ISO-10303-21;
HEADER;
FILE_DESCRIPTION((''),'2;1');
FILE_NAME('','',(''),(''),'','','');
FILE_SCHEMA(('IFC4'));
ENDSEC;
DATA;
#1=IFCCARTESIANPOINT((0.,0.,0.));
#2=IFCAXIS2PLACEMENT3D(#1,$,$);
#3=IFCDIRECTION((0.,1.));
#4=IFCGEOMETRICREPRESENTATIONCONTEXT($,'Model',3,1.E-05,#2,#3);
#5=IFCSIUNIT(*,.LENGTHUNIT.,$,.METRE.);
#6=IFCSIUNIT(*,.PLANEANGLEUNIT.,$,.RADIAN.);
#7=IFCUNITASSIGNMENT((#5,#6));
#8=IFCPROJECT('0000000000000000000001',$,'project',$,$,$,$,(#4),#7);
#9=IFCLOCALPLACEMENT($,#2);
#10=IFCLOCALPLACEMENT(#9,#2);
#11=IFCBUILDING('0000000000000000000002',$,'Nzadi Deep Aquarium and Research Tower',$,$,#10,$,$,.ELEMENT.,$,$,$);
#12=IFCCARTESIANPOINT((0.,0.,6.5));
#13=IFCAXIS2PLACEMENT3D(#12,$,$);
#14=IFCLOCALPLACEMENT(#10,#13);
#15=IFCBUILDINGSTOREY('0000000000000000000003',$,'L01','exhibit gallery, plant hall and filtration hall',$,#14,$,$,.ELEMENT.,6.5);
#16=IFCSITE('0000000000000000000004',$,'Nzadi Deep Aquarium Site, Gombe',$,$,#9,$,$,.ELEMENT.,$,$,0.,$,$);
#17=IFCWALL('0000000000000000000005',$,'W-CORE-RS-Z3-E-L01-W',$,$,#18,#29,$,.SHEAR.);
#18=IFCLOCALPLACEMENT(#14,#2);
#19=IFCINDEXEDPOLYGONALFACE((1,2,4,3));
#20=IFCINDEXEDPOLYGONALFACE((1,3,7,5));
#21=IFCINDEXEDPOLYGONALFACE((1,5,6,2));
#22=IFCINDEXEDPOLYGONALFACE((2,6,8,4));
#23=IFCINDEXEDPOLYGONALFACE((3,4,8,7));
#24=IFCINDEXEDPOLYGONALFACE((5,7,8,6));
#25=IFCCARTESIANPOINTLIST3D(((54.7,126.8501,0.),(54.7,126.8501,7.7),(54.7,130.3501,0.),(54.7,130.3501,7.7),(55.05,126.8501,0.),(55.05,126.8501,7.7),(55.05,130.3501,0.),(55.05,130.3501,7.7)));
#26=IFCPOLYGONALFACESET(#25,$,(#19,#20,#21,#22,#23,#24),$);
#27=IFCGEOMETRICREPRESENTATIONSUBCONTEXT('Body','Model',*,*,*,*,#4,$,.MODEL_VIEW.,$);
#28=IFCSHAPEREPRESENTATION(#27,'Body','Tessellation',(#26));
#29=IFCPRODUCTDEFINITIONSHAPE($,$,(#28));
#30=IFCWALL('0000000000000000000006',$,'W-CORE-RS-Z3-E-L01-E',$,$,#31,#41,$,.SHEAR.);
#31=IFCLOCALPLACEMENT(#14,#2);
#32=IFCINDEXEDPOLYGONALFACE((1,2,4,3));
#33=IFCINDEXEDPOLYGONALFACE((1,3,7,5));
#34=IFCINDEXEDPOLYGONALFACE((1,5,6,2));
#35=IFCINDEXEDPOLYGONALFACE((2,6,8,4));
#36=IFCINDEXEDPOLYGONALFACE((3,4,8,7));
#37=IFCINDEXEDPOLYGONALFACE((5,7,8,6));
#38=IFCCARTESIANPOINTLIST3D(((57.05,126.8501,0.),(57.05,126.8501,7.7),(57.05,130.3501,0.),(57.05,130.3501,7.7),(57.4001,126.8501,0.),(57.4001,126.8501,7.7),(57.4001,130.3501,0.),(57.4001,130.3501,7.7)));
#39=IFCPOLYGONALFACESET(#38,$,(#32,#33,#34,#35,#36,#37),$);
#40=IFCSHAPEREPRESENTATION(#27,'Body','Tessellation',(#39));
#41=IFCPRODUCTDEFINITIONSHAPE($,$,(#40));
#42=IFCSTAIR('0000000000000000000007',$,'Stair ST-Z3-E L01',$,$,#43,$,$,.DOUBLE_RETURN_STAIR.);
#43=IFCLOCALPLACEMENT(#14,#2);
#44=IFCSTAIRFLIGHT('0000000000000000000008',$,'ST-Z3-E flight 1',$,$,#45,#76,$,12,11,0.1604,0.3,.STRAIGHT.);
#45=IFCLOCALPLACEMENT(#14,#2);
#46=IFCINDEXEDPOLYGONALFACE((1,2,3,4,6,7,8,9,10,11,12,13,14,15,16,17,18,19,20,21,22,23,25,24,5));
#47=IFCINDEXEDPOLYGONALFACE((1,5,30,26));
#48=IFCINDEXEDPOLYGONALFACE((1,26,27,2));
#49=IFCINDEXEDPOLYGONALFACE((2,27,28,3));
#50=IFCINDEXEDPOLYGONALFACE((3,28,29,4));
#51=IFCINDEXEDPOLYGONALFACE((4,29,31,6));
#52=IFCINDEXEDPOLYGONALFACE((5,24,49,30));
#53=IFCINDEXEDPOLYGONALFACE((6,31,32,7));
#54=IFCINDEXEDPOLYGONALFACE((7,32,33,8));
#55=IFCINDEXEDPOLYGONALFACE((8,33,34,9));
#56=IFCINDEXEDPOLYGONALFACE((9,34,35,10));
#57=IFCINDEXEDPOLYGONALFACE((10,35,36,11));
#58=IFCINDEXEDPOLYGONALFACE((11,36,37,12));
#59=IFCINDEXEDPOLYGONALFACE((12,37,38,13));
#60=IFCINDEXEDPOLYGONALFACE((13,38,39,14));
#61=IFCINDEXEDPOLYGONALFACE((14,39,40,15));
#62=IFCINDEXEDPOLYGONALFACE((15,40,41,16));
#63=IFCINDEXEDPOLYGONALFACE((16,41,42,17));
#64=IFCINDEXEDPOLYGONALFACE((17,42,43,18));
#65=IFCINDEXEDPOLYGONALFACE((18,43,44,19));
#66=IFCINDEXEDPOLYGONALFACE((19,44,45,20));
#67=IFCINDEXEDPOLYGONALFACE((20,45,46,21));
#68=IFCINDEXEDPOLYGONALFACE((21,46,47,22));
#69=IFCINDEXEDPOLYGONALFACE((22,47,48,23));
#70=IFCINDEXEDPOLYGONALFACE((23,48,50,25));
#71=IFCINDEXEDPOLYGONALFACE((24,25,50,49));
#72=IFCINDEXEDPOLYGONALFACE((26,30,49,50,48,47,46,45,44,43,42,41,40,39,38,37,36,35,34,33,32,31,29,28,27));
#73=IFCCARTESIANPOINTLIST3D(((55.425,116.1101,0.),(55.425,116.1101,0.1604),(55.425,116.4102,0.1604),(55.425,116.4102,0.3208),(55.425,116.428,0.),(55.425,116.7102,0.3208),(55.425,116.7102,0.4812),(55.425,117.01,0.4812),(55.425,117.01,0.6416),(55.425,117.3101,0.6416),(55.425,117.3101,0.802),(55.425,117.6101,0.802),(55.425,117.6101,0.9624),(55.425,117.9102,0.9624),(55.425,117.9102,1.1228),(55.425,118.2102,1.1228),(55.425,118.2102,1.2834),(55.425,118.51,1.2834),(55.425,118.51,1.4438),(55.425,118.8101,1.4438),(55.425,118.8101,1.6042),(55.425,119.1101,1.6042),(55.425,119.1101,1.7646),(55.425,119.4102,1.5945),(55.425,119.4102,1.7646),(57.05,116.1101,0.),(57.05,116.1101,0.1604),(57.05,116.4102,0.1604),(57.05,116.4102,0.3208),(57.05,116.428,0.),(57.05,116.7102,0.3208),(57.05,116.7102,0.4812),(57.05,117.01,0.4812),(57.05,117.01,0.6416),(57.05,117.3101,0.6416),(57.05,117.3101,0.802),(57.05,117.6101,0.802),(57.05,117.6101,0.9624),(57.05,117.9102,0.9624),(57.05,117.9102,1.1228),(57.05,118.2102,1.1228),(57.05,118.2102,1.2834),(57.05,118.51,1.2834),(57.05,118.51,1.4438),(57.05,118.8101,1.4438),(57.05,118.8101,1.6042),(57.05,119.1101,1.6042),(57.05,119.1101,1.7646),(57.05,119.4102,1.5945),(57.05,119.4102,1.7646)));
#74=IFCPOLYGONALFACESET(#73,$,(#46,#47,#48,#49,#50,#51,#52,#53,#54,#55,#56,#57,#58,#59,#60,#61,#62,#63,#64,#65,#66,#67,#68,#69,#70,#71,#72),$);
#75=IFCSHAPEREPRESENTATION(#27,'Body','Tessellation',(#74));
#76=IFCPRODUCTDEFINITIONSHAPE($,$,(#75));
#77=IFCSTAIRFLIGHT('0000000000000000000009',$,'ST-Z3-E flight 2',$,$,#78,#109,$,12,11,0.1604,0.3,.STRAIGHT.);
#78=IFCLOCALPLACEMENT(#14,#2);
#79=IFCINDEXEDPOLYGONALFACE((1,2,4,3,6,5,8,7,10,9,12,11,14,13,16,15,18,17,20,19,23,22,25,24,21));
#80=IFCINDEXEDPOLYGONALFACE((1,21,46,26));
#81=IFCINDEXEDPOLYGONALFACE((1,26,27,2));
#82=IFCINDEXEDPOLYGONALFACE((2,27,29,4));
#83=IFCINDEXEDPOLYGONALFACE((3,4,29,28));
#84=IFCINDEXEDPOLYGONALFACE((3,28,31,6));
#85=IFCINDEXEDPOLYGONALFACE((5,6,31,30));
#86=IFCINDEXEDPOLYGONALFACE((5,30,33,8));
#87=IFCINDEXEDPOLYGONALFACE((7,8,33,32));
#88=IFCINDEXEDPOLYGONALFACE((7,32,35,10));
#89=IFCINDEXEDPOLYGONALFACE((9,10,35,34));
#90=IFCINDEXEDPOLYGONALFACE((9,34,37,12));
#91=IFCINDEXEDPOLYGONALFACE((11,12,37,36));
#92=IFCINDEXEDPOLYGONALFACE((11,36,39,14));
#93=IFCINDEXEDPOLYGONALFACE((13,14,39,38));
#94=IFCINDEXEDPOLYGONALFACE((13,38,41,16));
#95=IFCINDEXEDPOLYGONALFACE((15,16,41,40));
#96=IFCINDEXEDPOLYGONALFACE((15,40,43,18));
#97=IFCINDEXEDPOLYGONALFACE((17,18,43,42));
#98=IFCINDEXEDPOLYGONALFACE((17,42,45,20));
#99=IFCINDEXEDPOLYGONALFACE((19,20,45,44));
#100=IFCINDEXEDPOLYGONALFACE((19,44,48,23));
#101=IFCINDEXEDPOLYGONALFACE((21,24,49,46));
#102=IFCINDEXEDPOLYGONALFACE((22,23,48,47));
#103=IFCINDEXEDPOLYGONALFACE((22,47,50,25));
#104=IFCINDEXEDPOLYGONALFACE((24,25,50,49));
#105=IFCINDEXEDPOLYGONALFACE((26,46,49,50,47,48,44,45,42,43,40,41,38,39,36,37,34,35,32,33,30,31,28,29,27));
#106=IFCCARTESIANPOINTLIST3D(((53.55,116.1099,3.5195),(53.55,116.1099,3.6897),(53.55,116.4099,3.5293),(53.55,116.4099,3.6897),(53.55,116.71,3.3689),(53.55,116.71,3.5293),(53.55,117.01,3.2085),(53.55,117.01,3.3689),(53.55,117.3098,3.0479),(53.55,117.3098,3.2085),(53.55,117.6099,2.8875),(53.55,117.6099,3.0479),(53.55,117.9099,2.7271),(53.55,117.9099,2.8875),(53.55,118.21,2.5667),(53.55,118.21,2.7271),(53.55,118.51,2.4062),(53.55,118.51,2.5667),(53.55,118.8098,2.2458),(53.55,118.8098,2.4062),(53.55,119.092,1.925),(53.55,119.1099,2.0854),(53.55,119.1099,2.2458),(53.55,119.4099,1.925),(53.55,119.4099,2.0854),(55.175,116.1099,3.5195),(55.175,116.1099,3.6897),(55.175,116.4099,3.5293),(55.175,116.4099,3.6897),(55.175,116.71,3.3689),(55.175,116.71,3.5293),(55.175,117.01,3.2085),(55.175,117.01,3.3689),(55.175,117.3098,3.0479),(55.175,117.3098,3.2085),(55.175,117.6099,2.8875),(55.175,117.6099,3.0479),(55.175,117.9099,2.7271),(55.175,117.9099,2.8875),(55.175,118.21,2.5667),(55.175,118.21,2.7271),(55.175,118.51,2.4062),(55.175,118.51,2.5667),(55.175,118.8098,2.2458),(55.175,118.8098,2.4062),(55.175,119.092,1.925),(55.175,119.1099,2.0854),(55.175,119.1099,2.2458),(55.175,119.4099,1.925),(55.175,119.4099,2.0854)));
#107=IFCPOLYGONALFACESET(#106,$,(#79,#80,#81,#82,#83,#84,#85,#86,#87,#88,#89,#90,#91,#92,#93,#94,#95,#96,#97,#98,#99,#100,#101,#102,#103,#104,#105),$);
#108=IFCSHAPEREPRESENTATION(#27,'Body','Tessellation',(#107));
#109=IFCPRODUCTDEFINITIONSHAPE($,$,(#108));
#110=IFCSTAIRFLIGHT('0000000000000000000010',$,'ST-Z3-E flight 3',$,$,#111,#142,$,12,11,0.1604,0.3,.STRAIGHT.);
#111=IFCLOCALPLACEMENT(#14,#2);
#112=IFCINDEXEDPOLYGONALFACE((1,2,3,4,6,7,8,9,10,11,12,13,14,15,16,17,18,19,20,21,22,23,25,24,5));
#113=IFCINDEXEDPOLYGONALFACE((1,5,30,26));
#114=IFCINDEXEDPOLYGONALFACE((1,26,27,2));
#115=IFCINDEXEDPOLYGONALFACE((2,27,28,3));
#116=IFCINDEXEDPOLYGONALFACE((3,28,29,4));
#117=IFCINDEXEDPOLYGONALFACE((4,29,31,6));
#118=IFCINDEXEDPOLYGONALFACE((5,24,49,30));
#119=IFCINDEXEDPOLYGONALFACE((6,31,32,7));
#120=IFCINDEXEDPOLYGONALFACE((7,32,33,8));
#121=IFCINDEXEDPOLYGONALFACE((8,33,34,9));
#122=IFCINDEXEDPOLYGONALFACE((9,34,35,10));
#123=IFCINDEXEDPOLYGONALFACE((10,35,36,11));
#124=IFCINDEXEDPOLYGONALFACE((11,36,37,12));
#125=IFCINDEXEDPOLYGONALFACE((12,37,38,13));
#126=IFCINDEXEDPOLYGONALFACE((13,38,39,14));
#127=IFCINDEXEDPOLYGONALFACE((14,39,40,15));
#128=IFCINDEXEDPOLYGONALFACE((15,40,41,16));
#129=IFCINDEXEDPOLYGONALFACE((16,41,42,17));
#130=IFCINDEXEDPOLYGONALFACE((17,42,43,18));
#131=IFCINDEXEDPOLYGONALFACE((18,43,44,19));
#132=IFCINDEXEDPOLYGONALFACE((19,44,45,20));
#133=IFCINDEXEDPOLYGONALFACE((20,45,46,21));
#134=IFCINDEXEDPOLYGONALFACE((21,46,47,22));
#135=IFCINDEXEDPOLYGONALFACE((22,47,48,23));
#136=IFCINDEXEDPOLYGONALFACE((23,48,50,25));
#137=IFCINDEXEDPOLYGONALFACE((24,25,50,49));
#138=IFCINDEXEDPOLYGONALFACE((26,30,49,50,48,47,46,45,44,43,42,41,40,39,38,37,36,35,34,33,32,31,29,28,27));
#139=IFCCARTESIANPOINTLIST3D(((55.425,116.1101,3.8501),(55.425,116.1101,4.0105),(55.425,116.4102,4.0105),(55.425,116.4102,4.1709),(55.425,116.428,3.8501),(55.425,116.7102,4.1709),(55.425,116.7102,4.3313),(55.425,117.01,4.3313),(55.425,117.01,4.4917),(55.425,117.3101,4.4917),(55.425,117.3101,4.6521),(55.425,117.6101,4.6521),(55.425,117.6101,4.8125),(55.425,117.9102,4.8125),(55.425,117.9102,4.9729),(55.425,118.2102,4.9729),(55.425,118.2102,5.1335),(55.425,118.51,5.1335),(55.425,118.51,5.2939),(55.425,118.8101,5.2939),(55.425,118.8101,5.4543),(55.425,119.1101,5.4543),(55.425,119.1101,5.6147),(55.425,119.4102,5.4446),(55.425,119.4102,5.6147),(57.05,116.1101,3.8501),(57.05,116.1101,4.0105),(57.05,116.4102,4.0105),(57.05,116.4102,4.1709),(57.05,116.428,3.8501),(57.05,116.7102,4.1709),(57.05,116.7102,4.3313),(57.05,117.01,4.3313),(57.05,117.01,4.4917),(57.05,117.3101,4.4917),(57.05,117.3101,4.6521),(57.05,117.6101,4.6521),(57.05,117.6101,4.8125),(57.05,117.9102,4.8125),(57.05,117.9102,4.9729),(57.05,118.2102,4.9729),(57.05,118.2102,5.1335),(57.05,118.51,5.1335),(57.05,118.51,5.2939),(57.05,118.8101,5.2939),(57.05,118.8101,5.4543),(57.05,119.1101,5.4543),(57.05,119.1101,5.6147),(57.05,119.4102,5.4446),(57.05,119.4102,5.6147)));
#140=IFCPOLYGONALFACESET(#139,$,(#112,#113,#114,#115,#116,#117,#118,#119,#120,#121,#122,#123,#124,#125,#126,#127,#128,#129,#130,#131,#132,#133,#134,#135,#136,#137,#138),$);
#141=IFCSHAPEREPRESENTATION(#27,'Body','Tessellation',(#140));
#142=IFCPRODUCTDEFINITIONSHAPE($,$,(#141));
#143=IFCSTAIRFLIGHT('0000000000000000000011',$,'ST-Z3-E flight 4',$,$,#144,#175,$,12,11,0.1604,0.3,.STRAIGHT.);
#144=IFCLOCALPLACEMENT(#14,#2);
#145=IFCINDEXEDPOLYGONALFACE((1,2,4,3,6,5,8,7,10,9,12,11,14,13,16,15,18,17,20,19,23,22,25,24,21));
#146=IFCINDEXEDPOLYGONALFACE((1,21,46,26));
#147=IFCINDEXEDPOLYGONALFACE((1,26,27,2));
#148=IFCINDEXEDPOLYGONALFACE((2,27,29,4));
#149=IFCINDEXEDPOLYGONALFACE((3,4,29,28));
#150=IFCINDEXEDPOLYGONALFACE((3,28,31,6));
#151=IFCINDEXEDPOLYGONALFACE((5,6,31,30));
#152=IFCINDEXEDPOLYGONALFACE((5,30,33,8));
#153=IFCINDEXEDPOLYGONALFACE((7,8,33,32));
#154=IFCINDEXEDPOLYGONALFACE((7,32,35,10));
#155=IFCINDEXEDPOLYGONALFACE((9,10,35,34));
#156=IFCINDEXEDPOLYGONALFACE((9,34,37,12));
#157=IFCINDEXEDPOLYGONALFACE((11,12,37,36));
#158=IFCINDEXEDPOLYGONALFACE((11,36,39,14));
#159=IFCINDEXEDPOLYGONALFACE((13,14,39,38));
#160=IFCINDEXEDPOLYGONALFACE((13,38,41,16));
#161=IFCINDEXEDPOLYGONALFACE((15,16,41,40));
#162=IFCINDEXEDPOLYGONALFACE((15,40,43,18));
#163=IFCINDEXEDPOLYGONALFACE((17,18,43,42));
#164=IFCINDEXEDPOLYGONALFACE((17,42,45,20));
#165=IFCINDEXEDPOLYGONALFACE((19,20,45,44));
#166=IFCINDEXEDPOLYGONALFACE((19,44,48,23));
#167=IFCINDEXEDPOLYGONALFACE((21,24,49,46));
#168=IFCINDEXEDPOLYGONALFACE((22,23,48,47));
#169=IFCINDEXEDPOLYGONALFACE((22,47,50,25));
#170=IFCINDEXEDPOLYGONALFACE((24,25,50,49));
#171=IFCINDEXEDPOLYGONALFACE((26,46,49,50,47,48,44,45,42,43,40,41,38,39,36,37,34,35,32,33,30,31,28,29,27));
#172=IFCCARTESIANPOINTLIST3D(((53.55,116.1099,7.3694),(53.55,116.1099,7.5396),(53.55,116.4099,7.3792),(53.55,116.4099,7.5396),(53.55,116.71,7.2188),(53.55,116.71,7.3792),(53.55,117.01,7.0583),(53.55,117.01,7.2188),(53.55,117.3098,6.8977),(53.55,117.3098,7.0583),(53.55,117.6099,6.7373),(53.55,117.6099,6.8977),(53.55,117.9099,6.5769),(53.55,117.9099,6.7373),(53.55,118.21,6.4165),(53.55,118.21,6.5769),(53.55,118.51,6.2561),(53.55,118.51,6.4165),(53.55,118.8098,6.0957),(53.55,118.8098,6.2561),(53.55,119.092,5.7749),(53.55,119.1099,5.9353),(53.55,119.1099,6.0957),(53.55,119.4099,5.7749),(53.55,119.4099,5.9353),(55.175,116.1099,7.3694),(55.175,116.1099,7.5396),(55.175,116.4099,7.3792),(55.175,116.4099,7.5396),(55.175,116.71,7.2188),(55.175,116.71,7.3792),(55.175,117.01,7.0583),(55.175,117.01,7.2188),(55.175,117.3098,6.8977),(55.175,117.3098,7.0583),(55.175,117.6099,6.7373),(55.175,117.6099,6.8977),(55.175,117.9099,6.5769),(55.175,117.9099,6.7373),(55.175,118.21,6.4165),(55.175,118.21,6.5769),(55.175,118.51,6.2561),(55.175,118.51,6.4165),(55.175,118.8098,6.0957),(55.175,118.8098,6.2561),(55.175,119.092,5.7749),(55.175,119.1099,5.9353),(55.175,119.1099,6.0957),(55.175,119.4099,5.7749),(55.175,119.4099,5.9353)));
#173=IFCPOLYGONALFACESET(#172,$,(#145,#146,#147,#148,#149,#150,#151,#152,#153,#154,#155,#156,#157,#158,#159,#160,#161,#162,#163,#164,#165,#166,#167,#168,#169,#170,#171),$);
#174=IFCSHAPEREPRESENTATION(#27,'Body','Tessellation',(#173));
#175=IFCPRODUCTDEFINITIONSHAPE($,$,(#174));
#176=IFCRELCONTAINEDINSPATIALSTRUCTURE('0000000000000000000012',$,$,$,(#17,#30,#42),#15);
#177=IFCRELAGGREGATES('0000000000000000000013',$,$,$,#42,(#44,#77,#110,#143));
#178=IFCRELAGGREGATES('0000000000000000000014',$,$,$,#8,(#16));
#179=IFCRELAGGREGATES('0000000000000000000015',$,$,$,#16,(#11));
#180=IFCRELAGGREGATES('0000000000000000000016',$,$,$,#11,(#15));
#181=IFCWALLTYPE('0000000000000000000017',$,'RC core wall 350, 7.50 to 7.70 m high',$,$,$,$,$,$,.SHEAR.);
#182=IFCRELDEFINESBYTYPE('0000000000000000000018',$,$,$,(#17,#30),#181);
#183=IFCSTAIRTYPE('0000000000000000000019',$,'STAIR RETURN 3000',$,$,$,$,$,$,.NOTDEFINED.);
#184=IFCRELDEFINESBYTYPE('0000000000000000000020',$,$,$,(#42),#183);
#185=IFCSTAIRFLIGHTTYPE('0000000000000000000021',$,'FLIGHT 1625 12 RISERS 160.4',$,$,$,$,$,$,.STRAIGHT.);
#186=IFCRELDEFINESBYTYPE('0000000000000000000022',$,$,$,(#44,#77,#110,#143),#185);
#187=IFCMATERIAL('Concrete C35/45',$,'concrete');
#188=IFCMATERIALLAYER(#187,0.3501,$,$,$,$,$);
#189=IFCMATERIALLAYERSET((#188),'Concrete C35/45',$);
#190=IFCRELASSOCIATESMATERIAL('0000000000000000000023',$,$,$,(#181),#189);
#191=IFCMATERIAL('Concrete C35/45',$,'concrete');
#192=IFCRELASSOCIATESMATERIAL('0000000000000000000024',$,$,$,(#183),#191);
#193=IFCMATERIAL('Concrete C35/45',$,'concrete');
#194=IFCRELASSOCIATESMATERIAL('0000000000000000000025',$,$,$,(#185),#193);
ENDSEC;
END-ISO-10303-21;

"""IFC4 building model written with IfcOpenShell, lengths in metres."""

from ifc_helpers import new_model, si_unit, direction, frame, frame_2d, origin, place, context, subcontext, project, spatial, polyline, rectangle, outline, extrude, material, layer, layer_set, type_object, element, aggregate, save


model = new_model("IFC4")

# Units and contexts
model_context = context("Model", 3, precision=1e-05, world=origin(), true_north=direction((0.0, 1.0)))
body_context = subcontext(model_context, "Body", "Model", "MODEL_VIEW")
ifc_project = project(units=[si_unit("LENGTHUNIT", "METRE"), si_unit("PLANEANGLEUNIT", "RADIAN")], contexts=[model_context])

# Site, building, storey
site_placement = place(None, origin())
site = spatial("IfcSite", under=ifc_project, at=site_placement, Name="Nzadi Deep Aquarium Site, Gombe", CompositionType="ELEMENT", RefElevation=0.0)
building_placement = place(site_placement, origin())
building = spatial("IfcBuilding", under=site, at=building_placement, Name="Nzadi Deep Aquarium and Research Tower", CompositionType="ELEMENT")
storey_placement = place(building_placement, frame((0.0, 0.0, 6.5)))
storey = spatial("IfcBuildingStorey", under=building, at=storey_placement, Name="L01", Description="exhibit gallery, plant hall and filtration hall", CompositionType="ELEMENT", Elevation=6.5)

# Shared definitions
ifc_material_1 = material(Name="Concrete C35/45", Category="concrete")
ifc_layer = layer(ifc_material_1, 0.3501)
ifc_layer_set = layer_set([ifc_layer], Name="Concrete C35/45")
wall_type = type_object("IfcWallType", Name="RC core wall 350, 7.50 to 7.70 m high", PredefinedType="SHEAR", material=ifc_layer_set)

# Walls
for number, where, z_axis, x_axis, name in (
    (1, (54.875, 126.8501, 0.0), (0.0, 0.0, 1.0), (0.0, 1.0, 0.0), "W-CORE-RS-Z3-E-L01-W"),
    (2, (57.2251, 126.8501, 0.0), (0.0, 0.0, 1.0), (0.0, 1.0, 0.0), "W-CORE-RS-Z3-E-L01-E"),
):
    element("IfcWall", number, at=place(storey_placement, frame(where, z_axis=z_axis, x_axis=x_axis)), inside=storey, type_object=wall_type, Name=name, PredefinedType="SHEAR", context=body_context, shape_type="SweptSolid", body=[
        extrude(rectangle(XDim=3.5, YDim=0.3501, at=frame_2d((1.75, 0.0))), origin(), (0.0, 0.0, 1.0), 7.7),
    ])

# Stair, stair flights
ifc_material_2 = material(Name="Concrete C35/45", Category="concrete")
stair_type = type_object("IfcStairType", Name="STAIR RETURN 3000", PredefinedType="NOTDEFINED", material=ifc_material_2)
stair_placement = place(storey_placement, origin())
stair = element("IfcStair", 3, at=stair_placement, inside=storey, type_object=stair_type, Name="Stair ST-Z3-E L01", PredefinedType="DOUBLE_RETURN_STAIR")
ifc_material_3 = material(Name="Concrete C35/45", Category="concrete")
stair_flight_type = type_object("IfcStairFlightType", Name="FLIGHT 1625 12 RISERS 160.4", PredefinedType="STRAIGHT", material=ifc_material_3)
stair_flight_1_placement = place(storey_placement, frame((56.2375, 116.1101, 0.0), z_axis=(0.0, 0.0, 1.0), x_axis=(0.0, 1.0, 0.0)))
stair_flight_1 = element("IfcStairFlight", 4, at=stair_flight_1_placement, type_object=stair_flight_type, Name="ST-Z3-E flight 1", NumberOfRisers=12, NumberOfTreads=11, PredefinedType="STRAIGHT", RiserHeight=0.1604, TreadLength=0.3, context=body_context, shape_type="SweptSolid", body=[
    extrude(outline(polyline([(0.0, 0.0), (0.0, 0.1604), (0.3, 0.1604), (0.3, 0.3208), (0.6001, 0.3208), (0.6001, 0.4812), (0.8999, 0.4812), (0.8999, 0.6416), (1.2, 0.6416), (1.2, 0.802), (1.5, 0.802), (1.5, 0.9624), (1.8, 0.9624), (1.8, 1.1228), (2.1001, 1.1228), (2.1001, 1.2834), (2.3999, 1.2834), (2.3999, 1.4438), (2.7, 1.4438), (2.7, 1.6042), (3.0, 1.6042), (3.0, 1.7646), (3.3, 1.7646), (3.3, 1.925), (3.3, 1.5945), (0.3179, 0.0), (0.0, 0.0)])), frame((0.0, 0.8125, 0.0), z_axis=(0.0, -1.0, 0.0), x_axis=(1.0, 0.0, 0.0)), (0.0, 0.0, 1.0), 1.625),
])
stair_flight_2_placement = place(storey_placement, frame((54.3625, 119.4099, 1.925), z_axis=(0.0, 0.0, 1.0), x_axis=(0.0, -1.0, 0.0)))
stair_flight_2 = element("IfcStairFlight", 5, at=stair_flight_2_placement, type_object=stair_flight_type, Name="ST-Z3-E flight 2", NumberOfRisers=12, NumberOfTreads=11, PredefinedType="STRAIGHT", RiserHeight=0.1604, TreadLength=0.3, context=body_context, shape_type="SweptSolid", body=[
    extrude(outline(polyline([(0.0, 0.0), (0.0, 0.1604), (0.3, 0.1604), (0.3, 0.3208), (0.6001, 0.3208), (0.6001, 0.4812), (0.8999, 0.4812), (0.8999, 0.6416), (1.2, 0.6416), (1.2, 0.802), (1.5, 0.802), (1.5, 0.9624), (1.8, 0.9624), (1.8, 1.1228), (2.1001, 1.1228), (2.1001, 1.2834), (2.3999, 1.2834), (2.3999, 1.4438), (2.7, 1.4438), (2.7, 1.6042), (3.0, 1.6042), (3.0, 1.7646), (3.3, 1.7646), (3.3, 1.925), (3.3, 1.5945), (0.3179, 0.0), (0.0, 0.0)])), frame((0.0, 0.8125, 0.0), z_axis=(0.0, -1.0, 0.0), x_axis=(1.0, 0.0, 0.0)), (0.0, 0.0, 1.0), 1.625),
])
stair_flight_3_placement = place(storey_placement, frame((56.2375, 116.1101, 3.8501), z_axis=(0.0, 0.0, 1.0), x_axis=(0.0, 1.0, 0.0)))
stair_flight_3 = element("IfcStairFlight", 6, at=stair_flight_3_placement, type_object=stair_flight_type, Name="ST-Z3-E flight 3", NumberOfRisers=12, NumberOfTreads=11, PredefinedType="STRAIGHT", RiserHeight=0.1604, TreadLength=0.3, context=body_context, shape_type="SweptSolid", body=[
    extrude(outline(polyline([(0.0, 0.0), (0.0, 0.1604), (0.3, 0.1604), (0.3, 0.3208), (0.6001, 0.3208), (0.6001, 0.4812), (0.8999, 0.4812), (0.8999, 0.6416), (1.2, 0.6416), (1.2, 0.802), (1.5, 0.802), (1.5, 0.9624), (1.8, 0.9624), (1.8, 1.1228), (2.1001, 1.1228), (2.1001, 1.2834), (2.3999, 1.2834), (2.3999, 1.4438), (2.7, 1.4438), (2.7, 1.6042), (3.0, 1.6042), (3.0, 1.7646), (3.3, 1.7646), (3.3, 1.925), (3.3, 1.5945), (0.3179, 0.0), (0.0, 0.0)])), frame((0.0, 0.8125, 0.0), z_axis=(0.0, -1.0, 0.0), x_axis=(1.0, 0.0, 0.0)), (0.0, 0.0, 1.0), 1.625),
])
stair_flight_4_placement = place(storey_placement, frame((54.3625, 119.4099, 5.7749), z_axis=(0.0, 0.0, 1.0), x_axis=(0.0, -1.0, 0.0)))
stair_flight_4 = element("IfcStairFlight", 7, at=stair_flight_4_placement, type_object=stair_flight_type, Name="ST-Z3-E flight 4", NumberOfRisers=12, NumberOfTreads=11, PredefinedType="STRAIGHT", RiserHeight=0.1604, TreadLength=0.3, context=body_context, shape_type="SweptSolid", body=[
    extrude(outline(polyline([(0.0, 0.0), (0.0, 0.1604), (0.3, 0.1604), (0.3, 0.3208), (0.6001, 0.3208), (0.6001, 0.4812), (0.8999, 0.4812), (0.8999, 0.6416), (1.2, 0.6416), (1.2, 0.802), (1.5, 0.802), (1.5, 0.9624), (1.8, 0.9624), (1.8, 1.1228), (2.1001, 1.1228), (2.1001, 1.2834), (2.3999, 1.2834), (2.3999, 1.4438), (2.7, 1.4438), (2.7, 1.6042), (3.0, 1.6042), (3.0, 1.7646), (3.3, 1.7646), (3.3, 1.925), (3.3, 1.5945), (0.3179, 0.0), (0.0, 0.0)])), frame((0.0, 0.8125, 0.0), z_axis=(0.0, -1.0, 0.0), x_axis=(1.0, 0.0, 0.0)), (0.0, 0.0, 1.0), 1.625),
])
aggregate(stair, [stair_flight_1, stair_flight_2, stair_flight_3, stair_flight_4])

save(model, "model.ifc")
